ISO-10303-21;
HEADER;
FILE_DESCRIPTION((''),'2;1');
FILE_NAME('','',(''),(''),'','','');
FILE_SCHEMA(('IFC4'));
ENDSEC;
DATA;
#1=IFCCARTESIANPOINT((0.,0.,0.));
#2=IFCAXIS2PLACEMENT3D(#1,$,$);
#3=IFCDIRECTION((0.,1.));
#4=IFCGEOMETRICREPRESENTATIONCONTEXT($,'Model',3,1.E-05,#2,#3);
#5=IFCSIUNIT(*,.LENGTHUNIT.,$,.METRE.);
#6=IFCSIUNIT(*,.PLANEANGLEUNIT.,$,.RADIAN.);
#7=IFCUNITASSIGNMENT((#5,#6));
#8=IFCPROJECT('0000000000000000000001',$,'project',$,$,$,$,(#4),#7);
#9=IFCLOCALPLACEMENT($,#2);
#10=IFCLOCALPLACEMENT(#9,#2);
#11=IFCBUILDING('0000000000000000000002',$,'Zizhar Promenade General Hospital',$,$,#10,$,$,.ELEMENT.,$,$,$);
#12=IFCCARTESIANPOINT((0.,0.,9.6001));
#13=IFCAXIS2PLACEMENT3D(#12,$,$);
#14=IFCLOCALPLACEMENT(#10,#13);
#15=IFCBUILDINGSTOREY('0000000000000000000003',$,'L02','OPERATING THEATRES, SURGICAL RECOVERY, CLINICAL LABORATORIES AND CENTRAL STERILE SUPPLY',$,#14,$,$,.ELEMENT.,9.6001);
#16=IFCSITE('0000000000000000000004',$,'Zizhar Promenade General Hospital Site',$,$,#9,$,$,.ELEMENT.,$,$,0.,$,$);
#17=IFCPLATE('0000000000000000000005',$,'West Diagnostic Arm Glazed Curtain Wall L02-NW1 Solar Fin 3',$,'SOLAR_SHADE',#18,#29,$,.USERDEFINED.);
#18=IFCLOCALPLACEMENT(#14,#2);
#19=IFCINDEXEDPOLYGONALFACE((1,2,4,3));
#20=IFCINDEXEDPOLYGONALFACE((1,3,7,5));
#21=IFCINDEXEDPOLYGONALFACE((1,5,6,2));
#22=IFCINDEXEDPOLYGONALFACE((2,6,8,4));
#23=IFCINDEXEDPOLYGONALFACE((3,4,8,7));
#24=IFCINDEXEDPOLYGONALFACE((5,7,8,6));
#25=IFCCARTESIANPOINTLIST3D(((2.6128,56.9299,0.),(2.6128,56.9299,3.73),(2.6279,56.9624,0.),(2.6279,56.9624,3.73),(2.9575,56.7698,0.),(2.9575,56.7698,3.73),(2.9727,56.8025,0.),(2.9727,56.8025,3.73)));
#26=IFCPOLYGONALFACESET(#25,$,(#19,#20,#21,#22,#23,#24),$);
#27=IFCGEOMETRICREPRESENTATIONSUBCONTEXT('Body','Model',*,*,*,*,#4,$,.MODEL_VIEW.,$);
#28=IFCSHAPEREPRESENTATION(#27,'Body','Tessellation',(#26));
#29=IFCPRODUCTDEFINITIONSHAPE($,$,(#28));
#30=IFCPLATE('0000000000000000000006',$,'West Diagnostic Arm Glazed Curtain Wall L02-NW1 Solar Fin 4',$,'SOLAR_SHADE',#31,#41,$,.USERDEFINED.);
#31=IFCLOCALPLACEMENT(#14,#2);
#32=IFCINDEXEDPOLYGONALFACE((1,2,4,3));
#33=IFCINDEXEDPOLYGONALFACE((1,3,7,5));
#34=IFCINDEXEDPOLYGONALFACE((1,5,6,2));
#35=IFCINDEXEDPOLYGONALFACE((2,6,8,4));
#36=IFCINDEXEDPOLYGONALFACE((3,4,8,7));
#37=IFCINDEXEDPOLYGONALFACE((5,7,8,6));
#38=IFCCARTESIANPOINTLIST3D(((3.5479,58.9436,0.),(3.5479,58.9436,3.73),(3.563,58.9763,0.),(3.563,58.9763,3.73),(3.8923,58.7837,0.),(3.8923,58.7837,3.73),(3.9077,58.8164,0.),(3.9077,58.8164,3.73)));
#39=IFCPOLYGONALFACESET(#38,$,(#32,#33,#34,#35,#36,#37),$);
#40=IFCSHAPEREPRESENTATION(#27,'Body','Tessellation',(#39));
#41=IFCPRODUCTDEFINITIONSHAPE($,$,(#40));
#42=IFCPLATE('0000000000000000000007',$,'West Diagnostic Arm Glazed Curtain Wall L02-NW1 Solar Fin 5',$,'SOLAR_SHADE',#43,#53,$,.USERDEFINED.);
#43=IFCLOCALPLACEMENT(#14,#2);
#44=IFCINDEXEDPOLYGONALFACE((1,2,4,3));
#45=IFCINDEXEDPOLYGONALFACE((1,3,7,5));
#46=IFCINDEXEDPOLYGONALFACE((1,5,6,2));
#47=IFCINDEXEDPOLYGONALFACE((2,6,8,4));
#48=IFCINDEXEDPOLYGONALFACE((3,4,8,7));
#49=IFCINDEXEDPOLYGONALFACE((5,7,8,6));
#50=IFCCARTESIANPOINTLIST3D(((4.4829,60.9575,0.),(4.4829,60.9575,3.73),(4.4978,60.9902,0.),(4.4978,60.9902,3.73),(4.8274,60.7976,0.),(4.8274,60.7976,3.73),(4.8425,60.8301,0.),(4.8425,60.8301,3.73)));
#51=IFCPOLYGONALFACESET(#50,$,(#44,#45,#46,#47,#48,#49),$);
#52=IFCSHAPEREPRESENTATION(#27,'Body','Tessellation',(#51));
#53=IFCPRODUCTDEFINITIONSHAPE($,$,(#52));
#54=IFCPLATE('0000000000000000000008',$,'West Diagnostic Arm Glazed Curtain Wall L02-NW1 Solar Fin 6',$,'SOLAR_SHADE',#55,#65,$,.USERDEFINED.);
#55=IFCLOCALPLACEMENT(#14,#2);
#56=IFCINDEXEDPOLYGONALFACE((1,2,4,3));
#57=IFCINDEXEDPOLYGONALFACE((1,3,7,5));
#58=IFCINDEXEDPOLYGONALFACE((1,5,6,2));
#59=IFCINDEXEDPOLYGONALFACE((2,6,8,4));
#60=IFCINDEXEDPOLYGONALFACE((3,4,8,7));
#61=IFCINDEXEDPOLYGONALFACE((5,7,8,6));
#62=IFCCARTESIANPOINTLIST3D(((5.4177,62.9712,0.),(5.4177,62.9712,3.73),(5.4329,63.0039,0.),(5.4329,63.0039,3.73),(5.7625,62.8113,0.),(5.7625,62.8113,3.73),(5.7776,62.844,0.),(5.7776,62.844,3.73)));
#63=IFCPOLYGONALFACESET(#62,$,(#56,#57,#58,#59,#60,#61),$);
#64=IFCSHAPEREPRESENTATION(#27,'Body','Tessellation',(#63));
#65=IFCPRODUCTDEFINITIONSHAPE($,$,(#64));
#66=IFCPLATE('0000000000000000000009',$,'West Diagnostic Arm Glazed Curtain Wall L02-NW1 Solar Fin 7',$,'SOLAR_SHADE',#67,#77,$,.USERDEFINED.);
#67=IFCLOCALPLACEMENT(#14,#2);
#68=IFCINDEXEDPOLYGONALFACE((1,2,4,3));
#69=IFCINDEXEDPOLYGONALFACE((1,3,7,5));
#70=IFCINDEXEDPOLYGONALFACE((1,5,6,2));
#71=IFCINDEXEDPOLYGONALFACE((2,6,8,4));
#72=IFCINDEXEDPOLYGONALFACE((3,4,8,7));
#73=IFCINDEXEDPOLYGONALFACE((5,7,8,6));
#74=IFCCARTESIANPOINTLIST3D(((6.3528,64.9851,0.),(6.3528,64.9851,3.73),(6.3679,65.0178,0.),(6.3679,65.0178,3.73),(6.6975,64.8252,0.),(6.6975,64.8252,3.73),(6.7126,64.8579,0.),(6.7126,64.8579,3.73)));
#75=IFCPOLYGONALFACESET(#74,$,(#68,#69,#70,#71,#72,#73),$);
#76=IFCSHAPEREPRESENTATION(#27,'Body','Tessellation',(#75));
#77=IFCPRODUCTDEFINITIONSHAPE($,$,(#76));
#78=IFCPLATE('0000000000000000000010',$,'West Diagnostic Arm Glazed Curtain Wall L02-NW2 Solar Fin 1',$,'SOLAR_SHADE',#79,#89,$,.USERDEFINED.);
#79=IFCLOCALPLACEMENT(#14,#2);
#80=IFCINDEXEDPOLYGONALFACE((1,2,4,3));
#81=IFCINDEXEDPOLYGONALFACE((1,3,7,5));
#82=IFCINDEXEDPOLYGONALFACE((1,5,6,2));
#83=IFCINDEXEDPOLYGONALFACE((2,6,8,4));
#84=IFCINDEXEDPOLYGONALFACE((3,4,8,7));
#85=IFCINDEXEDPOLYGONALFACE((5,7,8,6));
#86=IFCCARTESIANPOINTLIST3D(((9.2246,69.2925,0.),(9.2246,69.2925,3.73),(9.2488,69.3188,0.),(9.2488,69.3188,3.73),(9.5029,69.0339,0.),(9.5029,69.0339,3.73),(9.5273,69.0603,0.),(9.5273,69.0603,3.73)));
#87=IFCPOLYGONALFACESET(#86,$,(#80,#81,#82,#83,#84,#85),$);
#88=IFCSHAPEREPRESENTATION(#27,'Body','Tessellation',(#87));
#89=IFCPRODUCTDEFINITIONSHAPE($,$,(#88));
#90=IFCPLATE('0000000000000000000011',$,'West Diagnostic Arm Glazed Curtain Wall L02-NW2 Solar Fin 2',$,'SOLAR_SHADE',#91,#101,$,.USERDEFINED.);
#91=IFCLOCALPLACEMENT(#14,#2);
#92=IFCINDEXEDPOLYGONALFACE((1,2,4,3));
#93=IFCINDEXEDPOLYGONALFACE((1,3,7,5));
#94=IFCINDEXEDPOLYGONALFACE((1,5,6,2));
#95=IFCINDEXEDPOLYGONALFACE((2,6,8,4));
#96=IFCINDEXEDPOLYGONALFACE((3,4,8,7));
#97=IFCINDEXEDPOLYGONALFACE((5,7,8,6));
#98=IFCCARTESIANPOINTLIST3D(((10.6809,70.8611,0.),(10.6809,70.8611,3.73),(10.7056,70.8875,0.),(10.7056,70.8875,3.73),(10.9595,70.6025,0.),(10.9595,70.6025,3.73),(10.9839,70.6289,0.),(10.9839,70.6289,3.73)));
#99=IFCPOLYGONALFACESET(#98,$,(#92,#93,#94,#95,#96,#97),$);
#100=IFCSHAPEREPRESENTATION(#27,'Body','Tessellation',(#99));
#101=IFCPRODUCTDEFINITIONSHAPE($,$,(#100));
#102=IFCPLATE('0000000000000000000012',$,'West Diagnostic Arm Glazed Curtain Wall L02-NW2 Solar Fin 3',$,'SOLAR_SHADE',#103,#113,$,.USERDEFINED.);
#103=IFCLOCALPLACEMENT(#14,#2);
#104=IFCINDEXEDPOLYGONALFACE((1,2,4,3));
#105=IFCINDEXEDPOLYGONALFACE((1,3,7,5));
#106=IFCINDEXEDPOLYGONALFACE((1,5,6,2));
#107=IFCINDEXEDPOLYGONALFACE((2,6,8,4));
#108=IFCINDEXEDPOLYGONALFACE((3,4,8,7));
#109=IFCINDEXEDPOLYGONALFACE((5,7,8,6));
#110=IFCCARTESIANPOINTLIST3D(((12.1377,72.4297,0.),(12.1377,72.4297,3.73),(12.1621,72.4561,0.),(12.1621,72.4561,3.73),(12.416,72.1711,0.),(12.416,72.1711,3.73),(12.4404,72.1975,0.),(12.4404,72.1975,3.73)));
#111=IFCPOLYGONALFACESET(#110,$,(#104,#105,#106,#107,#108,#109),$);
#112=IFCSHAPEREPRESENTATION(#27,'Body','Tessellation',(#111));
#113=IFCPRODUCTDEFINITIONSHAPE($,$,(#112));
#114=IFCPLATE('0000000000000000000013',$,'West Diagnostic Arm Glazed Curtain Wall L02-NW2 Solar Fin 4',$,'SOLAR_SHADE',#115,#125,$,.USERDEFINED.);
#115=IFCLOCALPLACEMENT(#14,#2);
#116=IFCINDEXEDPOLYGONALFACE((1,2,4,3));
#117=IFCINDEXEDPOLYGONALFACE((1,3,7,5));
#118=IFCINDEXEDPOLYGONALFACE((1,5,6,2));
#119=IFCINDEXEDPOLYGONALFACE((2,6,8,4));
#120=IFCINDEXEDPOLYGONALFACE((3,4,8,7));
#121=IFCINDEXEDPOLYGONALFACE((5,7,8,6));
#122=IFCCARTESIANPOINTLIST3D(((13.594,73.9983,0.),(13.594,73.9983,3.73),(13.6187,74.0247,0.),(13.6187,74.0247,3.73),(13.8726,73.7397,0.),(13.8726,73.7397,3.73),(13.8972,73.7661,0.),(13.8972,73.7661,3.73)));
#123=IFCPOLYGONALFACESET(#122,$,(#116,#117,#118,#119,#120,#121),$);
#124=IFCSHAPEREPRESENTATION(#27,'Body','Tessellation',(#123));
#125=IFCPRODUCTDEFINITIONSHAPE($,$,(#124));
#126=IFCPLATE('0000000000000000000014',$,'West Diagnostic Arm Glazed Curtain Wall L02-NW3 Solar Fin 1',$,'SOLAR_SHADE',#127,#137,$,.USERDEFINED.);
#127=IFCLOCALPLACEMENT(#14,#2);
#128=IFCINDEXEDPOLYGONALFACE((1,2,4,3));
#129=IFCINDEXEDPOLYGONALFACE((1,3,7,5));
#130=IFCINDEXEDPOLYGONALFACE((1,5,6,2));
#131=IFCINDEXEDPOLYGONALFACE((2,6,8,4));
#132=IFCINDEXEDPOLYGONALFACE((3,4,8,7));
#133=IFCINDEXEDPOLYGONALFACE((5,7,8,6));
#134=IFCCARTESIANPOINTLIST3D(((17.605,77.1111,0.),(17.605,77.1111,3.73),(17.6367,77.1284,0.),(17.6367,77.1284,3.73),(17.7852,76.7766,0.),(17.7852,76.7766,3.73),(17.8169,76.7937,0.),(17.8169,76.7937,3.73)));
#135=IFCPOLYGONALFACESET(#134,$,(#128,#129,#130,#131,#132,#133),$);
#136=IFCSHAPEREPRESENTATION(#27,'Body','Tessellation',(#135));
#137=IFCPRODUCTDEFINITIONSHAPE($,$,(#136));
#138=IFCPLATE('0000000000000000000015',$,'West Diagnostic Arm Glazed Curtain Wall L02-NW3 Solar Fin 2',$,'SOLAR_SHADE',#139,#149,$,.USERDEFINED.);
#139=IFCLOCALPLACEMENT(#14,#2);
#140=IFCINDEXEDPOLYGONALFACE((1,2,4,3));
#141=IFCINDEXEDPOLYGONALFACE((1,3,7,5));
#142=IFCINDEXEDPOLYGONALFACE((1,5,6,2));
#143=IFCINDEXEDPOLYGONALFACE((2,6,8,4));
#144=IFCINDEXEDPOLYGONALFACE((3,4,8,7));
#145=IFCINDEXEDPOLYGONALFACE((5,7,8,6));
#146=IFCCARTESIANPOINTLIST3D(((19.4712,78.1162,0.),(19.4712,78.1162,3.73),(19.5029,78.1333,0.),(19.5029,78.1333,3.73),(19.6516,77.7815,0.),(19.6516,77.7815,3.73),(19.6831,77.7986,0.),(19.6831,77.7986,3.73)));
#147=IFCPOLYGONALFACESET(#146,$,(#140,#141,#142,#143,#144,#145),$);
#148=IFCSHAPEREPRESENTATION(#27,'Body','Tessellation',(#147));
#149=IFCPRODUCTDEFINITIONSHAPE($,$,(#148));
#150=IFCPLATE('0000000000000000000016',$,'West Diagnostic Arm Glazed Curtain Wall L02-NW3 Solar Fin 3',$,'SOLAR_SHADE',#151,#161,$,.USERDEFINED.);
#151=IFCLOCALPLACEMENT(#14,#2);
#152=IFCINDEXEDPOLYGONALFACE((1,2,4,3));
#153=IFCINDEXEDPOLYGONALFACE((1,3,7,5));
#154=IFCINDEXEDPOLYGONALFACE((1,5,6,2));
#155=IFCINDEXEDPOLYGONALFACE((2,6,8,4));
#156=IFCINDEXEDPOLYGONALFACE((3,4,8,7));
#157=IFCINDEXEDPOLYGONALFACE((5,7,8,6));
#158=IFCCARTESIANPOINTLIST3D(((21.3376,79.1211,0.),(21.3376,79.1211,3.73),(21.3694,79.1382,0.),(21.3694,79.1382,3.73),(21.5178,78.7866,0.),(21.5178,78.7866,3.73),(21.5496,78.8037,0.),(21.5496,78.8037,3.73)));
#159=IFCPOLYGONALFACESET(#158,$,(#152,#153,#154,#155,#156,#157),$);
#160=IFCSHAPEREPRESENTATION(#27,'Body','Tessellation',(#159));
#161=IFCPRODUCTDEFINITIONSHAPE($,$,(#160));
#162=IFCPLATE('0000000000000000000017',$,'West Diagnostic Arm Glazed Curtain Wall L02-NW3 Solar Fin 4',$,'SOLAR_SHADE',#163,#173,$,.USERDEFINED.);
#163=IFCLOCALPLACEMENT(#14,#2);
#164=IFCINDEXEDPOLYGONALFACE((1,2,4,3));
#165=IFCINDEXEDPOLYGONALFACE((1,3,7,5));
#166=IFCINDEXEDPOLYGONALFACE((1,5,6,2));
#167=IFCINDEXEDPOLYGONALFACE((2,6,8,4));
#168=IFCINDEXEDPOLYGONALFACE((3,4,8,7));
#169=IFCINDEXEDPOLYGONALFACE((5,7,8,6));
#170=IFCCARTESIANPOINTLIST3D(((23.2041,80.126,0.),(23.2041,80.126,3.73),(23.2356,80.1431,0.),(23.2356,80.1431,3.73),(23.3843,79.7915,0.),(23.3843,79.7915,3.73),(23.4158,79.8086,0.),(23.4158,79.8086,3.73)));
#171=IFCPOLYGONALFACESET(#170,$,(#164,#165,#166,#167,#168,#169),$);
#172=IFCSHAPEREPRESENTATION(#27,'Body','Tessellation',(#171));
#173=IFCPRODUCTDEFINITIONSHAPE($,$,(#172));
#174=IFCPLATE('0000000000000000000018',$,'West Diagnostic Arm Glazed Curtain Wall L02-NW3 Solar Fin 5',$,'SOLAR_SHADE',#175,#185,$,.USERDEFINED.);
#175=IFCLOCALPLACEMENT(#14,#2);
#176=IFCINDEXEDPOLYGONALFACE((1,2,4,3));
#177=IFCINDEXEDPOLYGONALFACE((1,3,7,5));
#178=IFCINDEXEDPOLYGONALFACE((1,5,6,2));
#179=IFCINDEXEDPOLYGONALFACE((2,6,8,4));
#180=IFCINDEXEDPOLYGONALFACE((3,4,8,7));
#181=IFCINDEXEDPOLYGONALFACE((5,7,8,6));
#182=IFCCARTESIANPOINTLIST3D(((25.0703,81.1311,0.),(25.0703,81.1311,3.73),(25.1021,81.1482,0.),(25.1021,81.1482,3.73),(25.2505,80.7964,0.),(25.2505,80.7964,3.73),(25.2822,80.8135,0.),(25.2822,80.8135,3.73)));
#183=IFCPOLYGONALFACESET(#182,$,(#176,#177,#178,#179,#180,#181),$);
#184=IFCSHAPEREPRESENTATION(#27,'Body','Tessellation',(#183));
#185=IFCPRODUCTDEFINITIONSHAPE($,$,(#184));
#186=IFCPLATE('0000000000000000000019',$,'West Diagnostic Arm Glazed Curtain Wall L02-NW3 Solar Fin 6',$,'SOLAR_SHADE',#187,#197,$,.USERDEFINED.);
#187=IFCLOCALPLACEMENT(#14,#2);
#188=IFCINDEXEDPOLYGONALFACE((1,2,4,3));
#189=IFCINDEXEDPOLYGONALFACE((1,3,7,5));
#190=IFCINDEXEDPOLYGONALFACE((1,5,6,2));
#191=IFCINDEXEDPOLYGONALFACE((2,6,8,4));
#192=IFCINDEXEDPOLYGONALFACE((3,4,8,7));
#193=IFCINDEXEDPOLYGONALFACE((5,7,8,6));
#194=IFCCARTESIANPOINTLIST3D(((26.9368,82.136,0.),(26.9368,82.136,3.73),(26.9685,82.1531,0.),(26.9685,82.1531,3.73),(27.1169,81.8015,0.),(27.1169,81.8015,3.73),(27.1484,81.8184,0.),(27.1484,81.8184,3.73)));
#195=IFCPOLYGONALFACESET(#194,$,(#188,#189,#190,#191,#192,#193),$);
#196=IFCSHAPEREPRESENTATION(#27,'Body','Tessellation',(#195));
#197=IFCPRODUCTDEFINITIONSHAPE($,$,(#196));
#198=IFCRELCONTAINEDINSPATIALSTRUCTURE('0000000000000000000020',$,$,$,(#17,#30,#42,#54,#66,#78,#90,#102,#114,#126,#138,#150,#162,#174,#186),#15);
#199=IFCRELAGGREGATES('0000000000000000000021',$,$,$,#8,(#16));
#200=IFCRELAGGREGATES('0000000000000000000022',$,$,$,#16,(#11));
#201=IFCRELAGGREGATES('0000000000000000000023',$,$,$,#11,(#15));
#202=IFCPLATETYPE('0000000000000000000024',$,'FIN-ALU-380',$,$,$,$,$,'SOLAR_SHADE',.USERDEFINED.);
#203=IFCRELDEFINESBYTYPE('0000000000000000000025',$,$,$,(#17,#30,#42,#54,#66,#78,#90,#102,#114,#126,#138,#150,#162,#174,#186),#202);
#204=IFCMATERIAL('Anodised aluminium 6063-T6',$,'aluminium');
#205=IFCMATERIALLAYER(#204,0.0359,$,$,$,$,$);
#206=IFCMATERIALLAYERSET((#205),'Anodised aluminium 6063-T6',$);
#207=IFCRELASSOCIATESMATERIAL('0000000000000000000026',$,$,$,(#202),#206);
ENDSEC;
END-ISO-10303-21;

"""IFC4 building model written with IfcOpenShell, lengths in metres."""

from ifc_helpers import new_model, si_unit, direction, frame, origin, place, context, subcontext, project, spatial, polyline, outline, extrude, material, layer, layer_set, type_object, element, save


model = new_model("IFC4")

# Units and contexts
model_context = context("Model", 3, precision=1e-05, world=origin(), true_north=direction((0.0, 1.0)))
body_context = subcontext(model_context, "Body", "Model", "MODEL_VIEW")
ifc_project = project(units=[si_unit("LENGTHUNIT", "METRE"), si_unit("PLANEANGLEUNIT", "RADIAN")], contexts=[model_context])

# Site, building, storey
site_placement = place(None, origin())
site = spatial("IfcSite", under=ifc_project, at=site_placement, Name="Zizhar Promenade General Hospital Site", CompositionType="ELEMENT", RefElevation=0.0)
building_placement = place(site_placement, origin())
building = spatial("IfcBuilding", under=site, at=building_placement, Name="Zizhar Promenade General Hospital", CompositionType="ELEMENT")
storey_placement = place(building_placement, frame((0.0, 0.0, 9.6001)))
storey = spatial("IfcBuildingStorey", under=building, at=storey_placement, Name="L02", Description="OPERATING THEATRES, SURGICAL RECOVERY, CLINICAL LABORATORIES AND CENTRAL STERILE SUPPLY", CompositionType="ELEMENT", Elevation=9.6001)

# Plates
ifc_material = material(Name="Anodised aluminium 6063-T6", Category="aluminium")
ifc_layer = layer(ifc_material, 0.0359)
ifc_layer_set = layer_set([ifc_layer], Name="Anodised aluminium 6063-T6")
plate_type = type_object("IfcPlateType", Name="FIN-ALU-380", ElementType="SOLAR_SHADE", PredefinedType="USERDEFINED", material=ifc_layer_set)
plate_1_placement = place(storey_placement, origin())
element("IfcPlate", 1, at=plate_1_placement, inside=storey, type_object=plate_type, Name="West Diagnostic Arm Glazed Curtain Wall L02-NW1 Solar Fin 3", ObjectType="SOLAR_SHADE", PredefinedType="USERDEFINED", context=body_context, shape_type="SweptSolid", body=[
    extrude(outline(polyline([(2.9575, 56.7698), (2.9727, 56.8025), (2.6279, 56.9624), (2.6128, 56.9299), (2.9575, 56.7698)])), origin(), (0.0, 0.0, 1.0), 3.73),
])
plate_2_placement = place(storey_placement, origin())
element("IfcPlate", 2, at=plate_2_placement, inside=storey, type_object=plate_type, Name="West Diagnostic Arm Glazed Curtain Wall L02-NW1 Solar Fin 4", ObjectType="SOLAR_SHADE", PredefinedType="USERDEFINED", context=body_context, shape_type="SweptSolid", body=[
    extrude(outline(polyline([(3.8923, 58.7837), (3.9077, 58.8164), (3.563, 58.9763), (3.5479, 58.9436), (3.8923, 58.7837)])), origin(), (0.0, 0.0, 1.0), 3.73),
])
plate_3_placement = place(storey_placement, origin())
element("IfcPlate", 3, at=plate_3_placement, inside=storey, type_object=plate_type, Name="West Diagnostic Arm Glazed Curtain Wall L02-NW1 Solar Fin 5", ObjectType="SOLAR_SHADE", PredefinedType="USERDEFINED", context=body_context, shape_type="SweptSolid", body=[
    extrude(outline(polyline([(4.8274, 60.7976), (4.8425, 60.8301), (4.4978, 60.9902), (4.4829, 60.9575), (4.8274, 60.7976)])), origin(), (0.0, 0.0, 1.0), 3.73),
])
plate_4_placement = place(storey_placement, origin())
element("IfcPlate", 4, at=plate_4_placement, inside=storey, type_object=plate_type, Name="West Diagnostic Arm Glazed Curtain Wall L02-NW1 Solar Fin 6", ObjectType="SOLAR_SHADE", PredefinedType="USERDEFINED", context=body_context, shape_type="SweptSolid", body=[
    extrude(outline(polyline([(5.7625, 62.8113), (5.7776, 62.844), (5.4329, 63.0039), (5.4177, 62.9712), (5.7625, 62.8113)])), origin(), (0.0, 0.0, 1.0), 3.73),
])
plate_5_placement = place(storey_placement, origin())
element("IfcPlate", 5, at=plate_5_placement, inside=storey, type_object=plate_type, Name="West Diagnostic Arm Glazed Curtain Wall L02-NW1 Solar Fin 7", ObjectType="SOLAR_SHADE", PredefinedType="USERDEFINED", context=body_context, shape_type="SweptSolid", body=[
    extrude(outline(polyline([(6.6975, 64.8252), (6.7126, 64.8579), (6.3679, 65.0178), (6.3528, 64.9851), (6.6975, 64.8252)])), origin(), (0.0, 0.0, 1.0), 3.73),
])
plate_6_placement = place(storey_placement, origin())
element("IfcPlate", 6, at=plate_6_placement, inside=storey, type_object=plate_type, Name="West Diagnostic Arm Glazed Curtain Wall L02-NW2 Solar Fin 1", ObjectType="SOLAR_SHADE", PredefinedType="USERDEFINED", context=body_context, shape_type="SweptSolid", body=[
    extrude(outline(polyline([(9.5029, 69.0339), (9.5273, 69.0603), (9.2488, 69.3188), (9.2246, 69.2925), (9.5029, 69.0339)])), origin(), (0.0, 0.0, 1.0), 3.73),
])
plate_7_placement = place(storey_placement, origin())
element("IfcPlate", 7, at=plate_7_placement, inside=storey, type_object=plate_type, Name="West Diagnostic Arm Glazed Curtain Wall L02-NW2 Solar Fin 2", ObjectType="SOLAR_SHADE", PredefinedType="USERDEFINED", context=body_context, shape_type="SweptSolid", body=[
    extrude(outline(polyline([(10.9595, 70.6025), (10.9839, 70.6289), (10.7056, 70.8875), (10.6809, 70.8611), (10.9595, 70.6025)])), origin(), (0.0, 0.0, 1.0), 3.73),
])
plate_8_placement = place(storey_placement, origin())
element("IfcPlate", 8, at=plate_8_placement, inside=storey, type_object=plate_type, Name="West Diagnostic Arm Glazed Curtain Wall L02-NW2 Solar Fin 3", ObjectType="SOLAR_SHADE", PredefinedType="USERDEFINED", context=body_context, shape_type="SweptSolid", body=[
    extrude(outline(polyline([(12.416, 72.1711), (12.4404, 72.1975), (12.1621, 72.4561), (12.1377, 72.4297), (12.416, 72.1711)])), origin(), (0.0, 0.0, 1.0), 3.73),
])
plate_9_placement = place(storey_placement, origin())
element("IfcPlate", 9, at=plate_9_placement, inside=storey, type_object=plate_type, Name="West Diagnostic Arm Glazed Curtain Wall L02-NW2 Solar Fin 4", ObjectType="SOLAR_SHADE", PredefinedType="USERDEFINED", context=body_context, shape_type="SweptSolid", body=[
    extrude(outline(polyline([(13.8726, 73.7397), (13.8972, 73.7661), (13.6187, 74.0247), (13.594, 73.9983), (13.8726, 73.7397)])), origin(), (0.0, 0.0, 1.0), 3.73),
])
plate_10_placement = place(storey_placement, origin())
element("IfcPlate", 10, at=plate_10_placement, inside=storey, type_object=plate_type, Name="West Diagnostic Arm Glazed Curtain Wall L02-NW3 Solar Fin 1", ObjectType="SOLAR_SHADE", PredefinedType="USERDEFINED", context=body_context, shape_type="SweptSolid", body=[
    extrude(outline(polyline([(17.7852, 76.7766), (17.8169, 76.7937), (17.6367, 77.1284), (17.605, 77.1111), (17.7852, 76.7766)])), origin(), (0.0, 0.0, 1.0), 3.73),
])
plate_11_placement = place(storey_placement, origin())
element("IfcPlate", 11, at=plate_11_placement, inside=storey, type_object=plate_type, Name="West Diagnostic Arm Glazed Curtain Wall L02-NW3 Solar Fin 2", ObjectType="SOLAR_SHADE", PredefinedType="USERDEFINED", context=body_context, shape_type="SweptSolid", body=[
    extrude(outline(polyline([(19.6516, 77.7815), (19.6831, 77.7986), (19.5029, 78.1333), (19.4712, 78.1162), (19.6516, 77.7815)])), origin(), (0.0, 0.0, 1.0), 3.73),
])
plate_12_placement = place(storey_placement, origin())
element("IfcPlate", 12, at=plate_12_placement, inside=storey, type_object=plate_type, Name="West Diagnostic Arm Glazed Curtain Wall L02-NW3 Solar Fin 3", ObjectType="SOLAR_SHADE", PredefinedType="USERDEFINED", context=body_context, shape_type="SweptSolid", body=[
    extrude(outline(polyline([(21.5178, 78.7866), (21.5496, 78.8037), (21.3694, 79.1382), (21.3376, 79.1211), (21.5178, 78.7866)])), origin(), (0.0, 0.0, 1.0), 3.73),
])
plate_13_placement = place(storey_placement, origin())
element("IfcPlate", 13, at=plate_13_placement, inside=storey, type_object=plate_type, Name="West Diagnostic Arm Glazed Curtain Wall L02-NW3 Solar Fin 4", ObjectType="SOLAR_SHADE", PredefinedType="USERDEFINED", context=body_context, shape_type="SweptSolid", body=[
    extrude(outline(polyline([(23.3843, 79.7915), (23.4158, 79.8086), (23.2356, 80.1431), (23.2041, 80.126), (23.3843, 79.7915)])), origin(), (0.0, 0.0, 1.0), 3.73),
])
plate_14_placement = place(storey_placement, origin())
element("IfcPlate", 14, at=plate_14_placement, inside=storey, type_object=plate_type, Name="West Diagnostic Arm Glazed Curtain Wall L02-NW3 Solar Fin 5", ObjectType="SOLAR_SHADE", PredefinedType="USERDEFINED", context=body_context, shape_type="SweptSolid", body=[
    extrude(outline(polyline([(25.2505, 80.7964), (25.2822, 80.8135), (25.1021, 81.1482), (25.0703, 81.1311), (25.2505, 80.7964)])), origin(), (0.0, 0.0, 1.0), 3.73),
])
plate_15_placement = place(storey_placement, origin())
element("IfcPlate", 15, at=plate_15_placement, inside=storey, type_object=plate_type, Name="West Diagnostic Arm Glazed Curtain Wall L02-NW3 Solar Fin 6", ObjectType="SOLAR_SHADE", PredefinedType="USERDEFINED", context=body_context, shape_type="SweptSolid", body=[
    extrude(outline(polyline([(27.1169, 81.8015), (27.1484, 81.8184), (26.9685, 82.1531), (26.9368, 82.136), (27.1169, 81.8015)])), origin(), (0.0, 0.0, 1.0), 3.73),
])

save(model, "model.ifc")
